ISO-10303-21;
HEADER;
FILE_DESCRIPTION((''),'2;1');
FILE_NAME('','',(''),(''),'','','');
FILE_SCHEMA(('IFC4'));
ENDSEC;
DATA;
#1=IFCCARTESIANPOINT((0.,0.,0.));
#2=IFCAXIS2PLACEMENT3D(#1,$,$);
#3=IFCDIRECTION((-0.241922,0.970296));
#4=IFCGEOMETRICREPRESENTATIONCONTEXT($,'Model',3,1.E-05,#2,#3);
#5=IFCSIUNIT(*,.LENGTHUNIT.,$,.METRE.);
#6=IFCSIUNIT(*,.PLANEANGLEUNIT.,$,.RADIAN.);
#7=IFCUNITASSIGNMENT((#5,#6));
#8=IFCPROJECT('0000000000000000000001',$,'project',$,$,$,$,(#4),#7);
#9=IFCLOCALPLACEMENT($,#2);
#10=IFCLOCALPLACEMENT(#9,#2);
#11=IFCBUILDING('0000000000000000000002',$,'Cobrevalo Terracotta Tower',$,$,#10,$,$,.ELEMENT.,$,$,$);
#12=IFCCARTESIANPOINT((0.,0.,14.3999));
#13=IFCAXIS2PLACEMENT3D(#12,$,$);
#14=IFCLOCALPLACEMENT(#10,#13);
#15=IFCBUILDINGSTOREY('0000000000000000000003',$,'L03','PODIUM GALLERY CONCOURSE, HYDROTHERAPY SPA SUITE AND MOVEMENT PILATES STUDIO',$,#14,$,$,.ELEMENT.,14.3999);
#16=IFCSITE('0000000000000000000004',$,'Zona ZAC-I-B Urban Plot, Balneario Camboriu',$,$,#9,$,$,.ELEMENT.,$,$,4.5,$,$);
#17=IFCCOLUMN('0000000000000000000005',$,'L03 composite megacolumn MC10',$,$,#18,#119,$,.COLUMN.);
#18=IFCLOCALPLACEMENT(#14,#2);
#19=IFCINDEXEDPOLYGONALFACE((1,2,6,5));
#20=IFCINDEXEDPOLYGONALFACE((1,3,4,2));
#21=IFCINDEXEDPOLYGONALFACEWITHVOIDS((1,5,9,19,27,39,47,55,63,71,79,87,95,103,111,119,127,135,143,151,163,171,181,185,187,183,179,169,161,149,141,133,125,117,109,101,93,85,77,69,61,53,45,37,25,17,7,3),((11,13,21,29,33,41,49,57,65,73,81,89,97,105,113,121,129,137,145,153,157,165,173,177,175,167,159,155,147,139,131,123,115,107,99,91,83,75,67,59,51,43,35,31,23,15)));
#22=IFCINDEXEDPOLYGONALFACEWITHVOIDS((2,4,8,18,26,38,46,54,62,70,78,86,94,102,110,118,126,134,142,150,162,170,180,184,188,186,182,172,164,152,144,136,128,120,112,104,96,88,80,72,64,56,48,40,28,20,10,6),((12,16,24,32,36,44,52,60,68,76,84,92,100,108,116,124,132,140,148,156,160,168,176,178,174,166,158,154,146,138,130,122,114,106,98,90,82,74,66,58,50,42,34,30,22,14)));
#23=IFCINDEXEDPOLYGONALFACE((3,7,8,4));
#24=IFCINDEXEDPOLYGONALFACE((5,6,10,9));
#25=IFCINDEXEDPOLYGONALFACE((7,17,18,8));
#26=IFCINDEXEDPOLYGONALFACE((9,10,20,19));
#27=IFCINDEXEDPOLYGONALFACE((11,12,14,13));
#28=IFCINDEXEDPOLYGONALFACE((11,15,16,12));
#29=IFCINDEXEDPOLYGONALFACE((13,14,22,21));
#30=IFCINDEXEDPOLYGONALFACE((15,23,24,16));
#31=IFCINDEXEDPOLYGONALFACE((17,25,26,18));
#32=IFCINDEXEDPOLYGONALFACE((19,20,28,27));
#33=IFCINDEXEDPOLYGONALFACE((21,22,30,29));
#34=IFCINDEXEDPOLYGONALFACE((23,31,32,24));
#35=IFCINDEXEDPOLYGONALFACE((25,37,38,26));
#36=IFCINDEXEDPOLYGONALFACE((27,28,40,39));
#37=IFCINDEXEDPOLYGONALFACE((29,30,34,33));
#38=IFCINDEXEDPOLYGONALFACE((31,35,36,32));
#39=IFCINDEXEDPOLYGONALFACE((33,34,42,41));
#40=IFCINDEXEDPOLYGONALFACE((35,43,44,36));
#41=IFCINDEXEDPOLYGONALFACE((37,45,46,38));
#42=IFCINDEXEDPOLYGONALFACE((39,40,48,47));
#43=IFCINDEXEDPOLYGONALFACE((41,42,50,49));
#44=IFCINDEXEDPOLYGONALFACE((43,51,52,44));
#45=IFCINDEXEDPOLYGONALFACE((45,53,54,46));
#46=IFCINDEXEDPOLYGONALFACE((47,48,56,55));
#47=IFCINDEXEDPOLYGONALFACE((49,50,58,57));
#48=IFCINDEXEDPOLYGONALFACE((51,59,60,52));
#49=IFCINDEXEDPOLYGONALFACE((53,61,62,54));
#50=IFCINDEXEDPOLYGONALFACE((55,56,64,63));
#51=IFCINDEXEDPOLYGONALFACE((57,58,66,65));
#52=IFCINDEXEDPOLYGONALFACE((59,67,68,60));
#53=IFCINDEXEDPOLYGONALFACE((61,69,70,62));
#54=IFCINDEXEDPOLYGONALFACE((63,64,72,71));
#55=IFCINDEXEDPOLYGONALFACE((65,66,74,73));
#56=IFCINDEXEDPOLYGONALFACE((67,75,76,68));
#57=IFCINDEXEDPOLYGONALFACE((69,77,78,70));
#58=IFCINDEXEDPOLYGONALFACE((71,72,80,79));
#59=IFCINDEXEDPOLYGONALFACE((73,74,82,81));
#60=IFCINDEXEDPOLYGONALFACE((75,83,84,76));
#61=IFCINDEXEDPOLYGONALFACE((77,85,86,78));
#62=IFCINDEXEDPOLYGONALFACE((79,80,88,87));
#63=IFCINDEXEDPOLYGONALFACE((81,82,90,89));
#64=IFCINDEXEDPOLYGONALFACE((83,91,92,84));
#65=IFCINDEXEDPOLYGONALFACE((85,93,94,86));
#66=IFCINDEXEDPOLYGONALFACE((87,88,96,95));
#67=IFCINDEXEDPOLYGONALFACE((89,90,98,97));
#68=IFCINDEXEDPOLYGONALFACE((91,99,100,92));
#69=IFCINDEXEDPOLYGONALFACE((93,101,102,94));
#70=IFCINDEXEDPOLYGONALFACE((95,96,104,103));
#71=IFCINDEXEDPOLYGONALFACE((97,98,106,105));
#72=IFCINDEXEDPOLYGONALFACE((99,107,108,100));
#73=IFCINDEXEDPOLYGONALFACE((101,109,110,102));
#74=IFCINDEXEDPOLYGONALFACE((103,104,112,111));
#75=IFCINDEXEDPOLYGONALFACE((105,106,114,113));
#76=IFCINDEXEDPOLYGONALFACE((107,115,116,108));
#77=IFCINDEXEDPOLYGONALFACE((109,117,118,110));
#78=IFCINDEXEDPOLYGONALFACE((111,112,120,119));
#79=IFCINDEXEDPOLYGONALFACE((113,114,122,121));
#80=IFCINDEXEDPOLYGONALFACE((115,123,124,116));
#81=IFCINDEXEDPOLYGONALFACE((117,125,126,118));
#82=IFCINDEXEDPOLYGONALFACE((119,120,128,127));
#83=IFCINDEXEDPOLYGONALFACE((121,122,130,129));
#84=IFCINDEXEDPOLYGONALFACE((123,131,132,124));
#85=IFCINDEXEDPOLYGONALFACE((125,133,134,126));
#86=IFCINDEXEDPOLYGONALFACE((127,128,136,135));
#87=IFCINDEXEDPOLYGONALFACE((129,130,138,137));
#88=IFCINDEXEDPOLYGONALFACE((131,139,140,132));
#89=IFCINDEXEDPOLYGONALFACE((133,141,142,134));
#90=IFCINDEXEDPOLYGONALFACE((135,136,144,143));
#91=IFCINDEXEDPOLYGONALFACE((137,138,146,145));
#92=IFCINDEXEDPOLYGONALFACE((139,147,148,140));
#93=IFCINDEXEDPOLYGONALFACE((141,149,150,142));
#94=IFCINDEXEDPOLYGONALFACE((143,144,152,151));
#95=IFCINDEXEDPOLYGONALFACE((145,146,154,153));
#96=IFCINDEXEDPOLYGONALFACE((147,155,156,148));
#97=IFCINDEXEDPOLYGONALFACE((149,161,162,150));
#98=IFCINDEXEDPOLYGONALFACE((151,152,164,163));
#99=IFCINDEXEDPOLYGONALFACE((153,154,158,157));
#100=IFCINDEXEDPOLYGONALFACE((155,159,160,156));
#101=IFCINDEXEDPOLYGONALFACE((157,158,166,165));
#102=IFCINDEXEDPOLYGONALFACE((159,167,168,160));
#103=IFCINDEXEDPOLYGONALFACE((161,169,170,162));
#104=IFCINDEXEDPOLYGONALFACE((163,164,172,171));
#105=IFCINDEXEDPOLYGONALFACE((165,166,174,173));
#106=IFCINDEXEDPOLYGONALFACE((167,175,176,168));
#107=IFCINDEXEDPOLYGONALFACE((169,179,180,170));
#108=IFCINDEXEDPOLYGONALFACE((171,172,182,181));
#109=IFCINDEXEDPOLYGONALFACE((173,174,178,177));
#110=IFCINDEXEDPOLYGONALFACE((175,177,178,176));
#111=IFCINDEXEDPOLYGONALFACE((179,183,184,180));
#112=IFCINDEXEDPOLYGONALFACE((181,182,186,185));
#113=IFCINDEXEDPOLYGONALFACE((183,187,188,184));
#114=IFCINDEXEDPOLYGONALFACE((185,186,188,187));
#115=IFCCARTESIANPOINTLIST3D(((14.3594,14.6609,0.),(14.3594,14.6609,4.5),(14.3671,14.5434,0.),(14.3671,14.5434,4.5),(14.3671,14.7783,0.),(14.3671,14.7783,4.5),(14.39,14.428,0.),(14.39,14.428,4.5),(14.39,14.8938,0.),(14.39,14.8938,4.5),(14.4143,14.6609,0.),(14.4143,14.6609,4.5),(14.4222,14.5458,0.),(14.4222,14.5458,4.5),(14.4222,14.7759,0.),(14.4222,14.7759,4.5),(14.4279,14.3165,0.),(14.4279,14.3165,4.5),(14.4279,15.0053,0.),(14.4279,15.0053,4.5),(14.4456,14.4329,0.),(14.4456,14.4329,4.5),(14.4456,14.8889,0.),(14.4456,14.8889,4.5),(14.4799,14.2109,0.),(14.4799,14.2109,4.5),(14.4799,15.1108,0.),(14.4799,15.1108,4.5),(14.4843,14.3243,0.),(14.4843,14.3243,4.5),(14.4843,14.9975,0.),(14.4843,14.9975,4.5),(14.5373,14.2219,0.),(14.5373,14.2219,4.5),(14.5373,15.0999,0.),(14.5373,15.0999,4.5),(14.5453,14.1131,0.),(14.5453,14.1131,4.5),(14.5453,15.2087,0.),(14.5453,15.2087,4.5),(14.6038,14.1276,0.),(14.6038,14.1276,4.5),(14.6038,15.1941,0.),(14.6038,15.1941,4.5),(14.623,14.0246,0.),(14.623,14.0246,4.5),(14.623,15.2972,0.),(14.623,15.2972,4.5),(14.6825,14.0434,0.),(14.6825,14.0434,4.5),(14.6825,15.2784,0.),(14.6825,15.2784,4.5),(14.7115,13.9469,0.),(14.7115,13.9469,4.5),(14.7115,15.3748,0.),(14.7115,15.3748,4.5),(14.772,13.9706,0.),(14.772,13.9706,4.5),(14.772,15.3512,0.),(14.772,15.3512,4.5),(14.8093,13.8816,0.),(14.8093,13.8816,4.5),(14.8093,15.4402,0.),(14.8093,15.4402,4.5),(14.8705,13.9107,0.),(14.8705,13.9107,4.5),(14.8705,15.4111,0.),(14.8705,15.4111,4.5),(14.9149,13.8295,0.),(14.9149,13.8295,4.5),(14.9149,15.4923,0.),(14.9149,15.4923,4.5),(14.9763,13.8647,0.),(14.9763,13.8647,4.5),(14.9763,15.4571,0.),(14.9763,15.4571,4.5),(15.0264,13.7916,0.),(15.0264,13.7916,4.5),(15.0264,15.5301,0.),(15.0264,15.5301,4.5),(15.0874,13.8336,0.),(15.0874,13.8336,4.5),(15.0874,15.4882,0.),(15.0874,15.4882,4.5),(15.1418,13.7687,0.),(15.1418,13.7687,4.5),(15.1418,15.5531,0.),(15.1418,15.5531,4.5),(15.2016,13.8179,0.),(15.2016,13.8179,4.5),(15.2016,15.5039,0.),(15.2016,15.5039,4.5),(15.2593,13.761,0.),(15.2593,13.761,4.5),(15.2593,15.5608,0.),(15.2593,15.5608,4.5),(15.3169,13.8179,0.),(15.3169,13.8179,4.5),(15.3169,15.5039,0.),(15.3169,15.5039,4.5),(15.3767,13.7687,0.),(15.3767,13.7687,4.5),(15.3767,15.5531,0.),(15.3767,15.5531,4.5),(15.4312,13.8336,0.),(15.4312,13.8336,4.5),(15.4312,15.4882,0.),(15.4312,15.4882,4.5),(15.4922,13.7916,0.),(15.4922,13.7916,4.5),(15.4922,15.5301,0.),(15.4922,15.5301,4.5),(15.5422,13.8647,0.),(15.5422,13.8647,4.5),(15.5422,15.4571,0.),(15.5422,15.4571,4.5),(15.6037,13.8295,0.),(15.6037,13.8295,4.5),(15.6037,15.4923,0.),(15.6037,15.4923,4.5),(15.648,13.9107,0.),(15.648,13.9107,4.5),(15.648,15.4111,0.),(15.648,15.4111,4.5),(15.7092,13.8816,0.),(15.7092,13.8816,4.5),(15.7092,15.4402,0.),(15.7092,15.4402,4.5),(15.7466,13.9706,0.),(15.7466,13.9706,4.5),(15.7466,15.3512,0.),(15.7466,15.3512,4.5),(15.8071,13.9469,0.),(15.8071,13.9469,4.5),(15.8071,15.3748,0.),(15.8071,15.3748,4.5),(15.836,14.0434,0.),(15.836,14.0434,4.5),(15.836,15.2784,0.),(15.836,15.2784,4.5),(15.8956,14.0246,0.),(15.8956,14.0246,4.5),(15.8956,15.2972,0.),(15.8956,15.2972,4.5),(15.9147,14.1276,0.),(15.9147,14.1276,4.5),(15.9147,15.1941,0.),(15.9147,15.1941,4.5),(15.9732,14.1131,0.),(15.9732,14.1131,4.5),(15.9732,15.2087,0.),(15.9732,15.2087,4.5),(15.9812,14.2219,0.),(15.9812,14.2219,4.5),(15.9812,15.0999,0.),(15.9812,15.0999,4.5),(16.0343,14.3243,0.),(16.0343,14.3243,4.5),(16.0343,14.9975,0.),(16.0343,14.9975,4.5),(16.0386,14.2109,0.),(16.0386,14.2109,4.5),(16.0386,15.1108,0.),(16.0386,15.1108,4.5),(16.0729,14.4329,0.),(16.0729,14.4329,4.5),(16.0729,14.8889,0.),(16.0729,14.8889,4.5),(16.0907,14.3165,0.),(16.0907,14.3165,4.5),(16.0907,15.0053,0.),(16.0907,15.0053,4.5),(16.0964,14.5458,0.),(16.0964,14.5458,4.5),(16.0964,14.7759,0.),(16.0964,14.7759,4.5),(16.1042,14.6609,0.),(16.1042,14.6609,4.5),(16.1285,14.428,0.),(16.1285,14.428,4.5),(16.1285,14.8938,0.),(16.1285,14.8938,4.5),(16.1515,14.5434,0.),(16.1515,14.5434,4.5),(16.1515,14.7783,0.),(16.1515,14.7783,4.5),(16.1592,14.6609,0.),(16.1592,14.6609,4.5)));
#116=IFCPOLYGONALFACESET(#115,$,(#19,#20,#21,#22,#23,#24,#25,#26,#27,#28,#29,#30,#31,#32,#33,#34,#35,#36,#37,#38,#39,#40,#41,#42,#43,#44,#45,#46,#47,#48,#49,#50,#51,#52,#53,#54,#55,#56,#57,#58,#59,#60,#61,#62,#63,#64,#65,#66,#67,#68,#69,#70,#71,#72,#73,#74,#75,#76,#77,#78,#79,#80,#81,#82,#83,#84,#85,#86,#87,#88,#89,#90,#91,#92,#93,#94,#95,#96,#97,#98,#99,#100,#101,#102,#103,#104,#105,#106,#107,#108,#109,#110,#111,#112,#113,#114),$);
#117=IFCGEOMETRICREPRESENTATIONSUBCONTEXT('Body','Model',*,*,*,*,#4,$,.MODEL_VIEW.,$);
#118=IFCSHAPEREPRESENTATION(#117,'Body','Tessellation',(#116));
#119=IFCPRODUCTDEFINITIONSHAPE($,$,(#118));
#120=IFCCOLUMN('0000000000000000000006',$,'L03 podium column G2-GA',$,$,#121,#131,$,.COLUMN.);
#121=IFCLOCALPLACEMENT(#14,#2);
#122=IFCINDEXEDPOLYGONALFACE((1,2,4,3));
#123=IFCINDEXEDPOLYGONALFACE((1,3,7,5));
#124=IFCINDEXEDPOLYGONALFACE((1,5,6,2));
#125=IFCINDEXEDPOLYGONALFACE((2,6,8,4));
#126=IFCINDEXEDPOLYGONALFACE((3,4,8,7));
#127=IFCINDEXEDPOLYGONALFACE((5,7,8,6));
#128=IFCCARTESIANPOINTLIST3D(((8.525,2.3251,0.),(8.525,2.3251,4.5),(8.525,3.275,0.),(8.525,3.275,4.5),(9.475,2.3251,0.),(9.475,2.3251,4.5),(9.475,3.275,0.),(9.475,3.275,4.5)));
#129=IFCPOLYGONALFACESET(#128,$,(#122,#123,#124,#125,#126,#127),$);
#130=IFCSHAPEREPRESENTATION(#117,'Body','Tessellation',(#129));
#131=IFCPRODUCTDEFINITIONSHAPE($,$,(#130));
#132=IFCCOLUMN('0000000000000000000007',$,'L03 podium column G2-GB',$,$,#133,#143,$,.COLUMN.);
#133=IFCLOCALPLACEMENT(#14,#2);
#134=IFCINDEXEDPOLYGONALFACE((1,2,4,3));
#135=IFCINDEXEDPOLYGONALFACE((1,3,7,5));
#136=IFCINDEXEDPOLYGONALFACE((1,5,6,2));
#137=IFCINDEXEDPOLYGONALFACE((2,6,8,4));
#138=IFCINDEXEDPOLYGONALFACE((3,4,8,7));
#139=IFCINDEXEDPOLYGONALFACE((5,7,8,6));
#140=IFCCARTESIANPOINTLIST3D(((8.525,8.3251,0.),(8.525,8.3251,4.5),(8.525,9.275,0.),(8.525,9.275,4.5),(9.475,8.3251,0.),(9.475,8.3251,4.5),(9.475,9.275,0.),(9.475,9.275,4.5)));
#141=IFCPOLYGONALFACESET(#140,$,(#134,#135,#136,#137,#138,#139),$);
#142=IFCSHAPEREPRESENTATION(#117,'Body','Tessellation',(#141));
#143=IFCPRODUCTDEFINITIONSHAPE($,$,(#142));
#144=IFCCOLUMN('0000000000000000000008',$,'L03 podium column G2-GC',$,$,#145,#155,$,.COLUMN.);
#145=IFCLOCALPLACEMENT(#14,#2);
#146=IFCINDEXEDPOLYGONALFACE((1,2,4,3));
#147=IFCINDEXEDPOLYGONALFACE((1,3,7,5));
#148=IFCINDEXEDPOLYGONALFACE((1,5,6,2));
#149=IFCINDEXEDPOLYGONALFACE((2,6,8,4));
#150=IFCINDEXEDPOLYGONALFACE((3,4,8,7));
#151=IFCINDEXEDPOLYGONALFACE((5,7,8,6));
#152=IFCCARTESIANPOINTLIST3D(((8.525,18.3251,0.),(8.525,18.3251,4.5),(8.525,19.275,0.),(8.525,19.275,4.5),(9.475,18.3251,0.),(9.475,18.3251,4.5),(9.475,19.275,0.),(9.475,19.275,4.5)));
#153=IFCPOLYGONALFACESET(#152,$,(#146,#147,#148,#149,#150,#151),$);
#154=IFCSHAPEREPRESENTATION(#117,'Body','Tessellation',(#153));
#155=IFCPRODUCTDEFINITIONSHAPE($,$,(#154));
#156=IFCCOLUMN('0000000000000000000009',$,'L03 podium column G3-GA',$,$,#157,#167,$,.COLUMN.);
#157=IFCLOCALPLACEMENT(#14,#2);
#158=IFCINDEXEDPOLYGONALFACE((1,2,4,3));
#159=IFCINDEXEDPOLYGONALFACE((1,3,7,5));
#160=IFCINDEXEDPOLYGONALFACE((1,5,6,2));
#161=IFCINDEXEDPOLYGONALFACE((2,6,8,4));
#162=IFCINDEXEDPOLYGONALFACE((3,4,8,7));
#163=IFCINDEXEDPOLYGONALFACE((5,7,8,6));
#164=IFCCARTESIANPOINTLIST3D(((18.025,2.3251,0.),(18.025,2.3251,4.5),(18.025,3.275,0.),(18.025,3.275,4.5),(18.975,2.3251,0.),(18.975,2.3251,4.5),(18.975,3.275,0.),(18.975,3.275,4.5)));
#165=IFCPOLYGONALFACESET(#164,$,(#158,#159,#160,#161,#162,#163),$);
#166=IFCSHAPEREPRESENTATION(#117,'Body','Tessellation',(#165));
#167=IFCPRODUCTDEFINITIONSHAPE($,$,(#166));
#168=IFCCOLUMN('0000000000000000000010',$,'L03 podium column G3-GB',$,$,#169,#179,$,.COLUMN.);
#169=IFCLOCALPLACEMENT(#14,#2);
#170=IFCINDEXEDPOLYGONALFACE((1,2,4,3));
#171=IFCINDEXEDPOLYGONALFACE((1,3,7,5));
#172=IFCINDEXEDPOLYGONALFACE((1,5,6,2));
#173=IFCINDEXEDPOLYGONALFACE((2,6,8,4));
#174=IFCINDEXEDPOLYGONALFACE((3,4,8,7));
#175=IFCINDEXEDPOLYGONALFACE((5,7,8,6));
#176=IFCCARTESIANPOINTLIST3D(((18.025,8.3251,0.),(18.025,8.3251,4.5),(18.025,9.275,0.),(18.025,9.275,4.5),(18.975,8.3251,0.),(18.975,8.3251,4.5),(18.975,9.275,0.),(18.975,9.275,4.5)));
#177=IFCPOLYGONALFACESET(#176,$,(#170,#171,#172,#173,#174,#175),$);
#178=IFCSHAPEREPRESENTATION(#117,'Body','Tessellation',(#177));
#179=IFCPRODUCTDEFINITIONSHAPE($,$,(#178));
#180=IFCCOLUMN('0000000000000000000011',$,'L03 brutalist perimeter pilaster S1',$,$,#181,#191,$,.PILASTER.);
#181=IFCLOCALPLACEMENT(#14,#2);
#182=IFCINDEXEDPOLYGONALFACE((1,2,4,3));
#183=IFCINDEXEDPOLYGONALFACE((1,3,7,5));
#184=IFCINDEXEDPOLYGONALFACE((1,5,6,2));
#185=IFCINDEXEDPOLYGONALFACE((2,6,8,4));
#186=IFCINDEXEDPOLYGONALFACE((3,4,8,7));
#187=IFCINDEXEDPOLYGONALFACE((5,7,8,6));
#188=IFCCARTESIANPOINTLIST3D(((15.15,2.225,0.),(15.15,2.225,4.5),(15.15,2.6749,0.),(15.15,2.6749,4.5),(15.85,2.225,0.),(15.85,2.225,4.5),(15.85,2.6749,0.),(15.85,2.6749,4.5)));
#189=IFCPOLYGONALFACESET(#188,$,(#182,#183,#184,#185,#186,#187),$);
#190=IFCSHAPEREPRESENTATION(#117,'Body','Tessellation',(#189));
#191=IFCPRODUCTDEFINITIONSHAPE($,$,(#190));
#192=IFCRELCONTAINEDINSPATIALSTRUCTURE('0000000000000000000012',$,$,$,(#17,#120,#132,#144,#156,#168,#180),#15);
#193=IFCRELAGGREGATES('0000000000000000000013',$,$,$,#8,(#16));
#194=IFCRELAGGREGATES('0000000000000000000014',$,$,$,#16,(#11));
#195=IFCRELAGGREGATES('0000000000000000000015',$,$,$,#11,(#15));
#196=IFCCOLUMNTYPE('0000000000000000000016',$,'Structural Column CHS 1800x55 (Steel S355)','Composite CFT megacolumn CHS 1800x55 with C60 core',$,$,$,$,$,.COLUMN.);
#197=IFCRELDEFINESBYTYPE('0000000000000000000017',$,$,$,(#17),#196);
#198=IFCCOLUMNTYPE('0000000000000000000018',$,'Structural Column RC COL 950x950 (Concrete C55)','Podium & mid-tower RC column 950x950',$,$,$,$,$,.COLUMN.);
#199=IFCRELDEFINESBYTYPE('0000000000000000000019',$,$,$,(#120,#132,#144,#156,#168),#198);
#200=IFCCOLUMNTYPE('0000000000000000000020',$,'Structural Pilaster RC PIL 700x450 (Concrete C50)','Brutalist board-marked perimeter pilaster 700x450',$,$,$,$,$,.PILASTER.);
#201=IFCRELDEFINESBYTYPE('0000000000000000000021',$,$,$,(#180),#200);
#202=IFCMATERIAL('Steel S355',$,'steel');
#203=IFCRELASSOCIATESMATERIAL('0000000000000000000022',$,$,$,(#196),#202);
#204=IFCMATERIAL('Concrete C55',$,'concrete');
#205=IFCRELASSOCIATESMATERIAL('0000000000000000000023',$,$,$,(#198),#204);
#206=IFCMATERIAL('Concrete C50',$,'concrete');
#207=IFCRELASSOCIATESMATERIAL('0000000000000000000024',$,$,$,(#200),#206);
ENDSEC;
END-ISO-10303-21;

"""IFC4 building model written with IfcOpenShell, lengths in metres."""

from ifc_helpers import new_model, si_unit, direction, frame, origin, origin_2d, place, context, subcontext, project, spatial, rectangle, hollow_circle, extrude, material, material_profile, profile_set, type_object, element, save


model = new_model("IFC4")

# Units and contexts
model_context = context("Model", 3, precision=1e-05, world=origin(), true_north=direction((-0.241922, 0.970296)))
body_context = subcontext(model_context, "Body", "Model", "MODEL_VIEW")
ifc_project = project(units=[si_unit("LENGTHUNIT", "METRE"), si_unit("PLANEANGLEUNIT", "RADIAN")], contexts=[model_context])

# Site, building, storey
site_placement = place(None, origin())
site = spatial("IfcSite", under=ifc_project, at=site_placement, Name="Zona ZAC-I-B Urban Plot, Balneario Camboriu", CompositionType="ELEMENT", RefElevation=4.5)
building_placement = place(site_placement, origin())
building = spatial("IfcBuilding", under=site, at=building_placement, Name="Cobrevalo Terracotta Tower", CompositionType="ELEMENT")
storey_placement = place(building_placement, frame((0.0, 0.0, 14.3999)))
storey = spatial("IfcBuildingStorey", under=building, at=storey_placement, Name="L03", Description="PODIUM GALLERY CONCOURSE, HYDROTHERAPY SPA SUITE AND MOVEMENT PILATES STUDIO", CompositionType="ELEMENT", Elevation=14.3999)

# Columns
ifc_material_1 = material(Name="Steel S355", Category="steel")
ifc_material_profile_1 = material_profile(ifc_material_1, hollow_circle(Radius=0.8999, WallThickness=0.0549, at=origin_2d()), Name="CHS 1800x55")
ifc_profile_set_1 = profile_set([ifc_material_profile_1], Name="Steel S355")
column_type_1 = type_object("IfcColumnType", Name="Structural Column CHS 1800x55 (Steel S355)", Description="Composite CFT megacolumn CHS 1800x55 with C60 core", PredefinedType="COLUMN", material=ifc_profile_set_1)
column_1_placement = place(storey_placement, frame((15.2593, 14.6609, 0.0), z_axis=(0.0, 0.0, 1.0), x_axis=(1.0, 0.0, 0.0)))
element("IfcColumn", 1, at=column_1_placement, inside=storey, type_object=column_type_1, Name="L03 composite megacolumn MC10", PredefinedType="COLUMN", context=body_context, shape_type="SweptSolid", body=[
    extrude(hollow_circle(Radius=0.8999, WallThickness=0.0549, at=origin_2d()), origin(), (0.0, 0.0, 1.0), 4.5),
])
ifc_material_2 = material(Name="Concrete C55", Category="concrete")
ifc_material_profile_2 = material_profile(ifc_material_2, rectangle(XDim=0.95, YDim=0.95, at=origin_2d()), Name="RC COL 950x950")
ifc_profile_set_2 = profile_set([ifc_material_profile_2], Name="Concrete C55")
column_type_2 = type_object("IfcColumnType", Name="Structural Column RC COL 950x950 (Concrete C55)", Description="Podium & mid-tower RC column 950x950", PredefinedType="COLUMN", material=ifc_profile_set_2)
for number, where, z_axis, x_axis, name in (
    (2, (9.0, 2.8, 0.0), (0.0, 0.0, 1.0), (1.0, 0.0, 0.0), "L03 podium column G2-GA"),
    (3, (9.0, 8.8, 0.0), (0.0, 0.0, 1.0), (1.0, 0.0, 0.0), "L03 podium column G2-GB"),
    (4, (9.0, 18.8, 0.0), (0.0, 0.0, 1.0), (1.0, 0.0, 0.0), "L03 podium column G2-GC"),
    (5, (18.5, 2.8, 0.0), (0.0, 0.0, 1.0), (1.0, 0.0, 0.0), "L03 podium column G3-GA"),
    (6, (18.5, 8.8, 0.0), (0.0, 0.0, 1.0), (1.0, 0.0, 0.0), "L03 podium column G3-GB"),
):
    element("IfcColumn", number, at=place(storey_placement, frame(where, z_axis=z_axis, x_axis=x_axis)), inside=storey, type_object=column_type_2, Name=name, PredefinedType="COLUMN", context=body_context, shape_type="SweptSolid", body=[
        extrude(rectangle(XDim=0.95, YDim=0.95, at=origin_2d()), origin(), (0.0, 0.0, 1.0), 4.5),
    ])
ifc_material_3 = material(Name="Concrete C50", Category="concrete")
ifc_material_profile_3 = material_profile(ifc_material_3, rectangle(XDim=0.7, YDim=0.45, at=origin_2d()), Name="RC PIL 700x450")
ifc_profile_set_3 = profile_set([ifc_material_profile_3], Name="Concrete C50")
column_type_3 = type_object("IfcColumnType", Name="Structural Pilaster RC PIL 700x450 (Concrete C50)", Description="Brutalist board-marked perimeter pilaster 700x450", PredefinedType="PILASTER", material=ifc_profile_set_3)
column_2_placement = place(storey_placement, frame((15.5, 2.45, 0.0), z_axis=(0.0, 0.0, 1.0), x_axis=(1.0, 0.0, 0.0)))
element("IfcColumn", 7, at=column_2_placement, inside=storey, type_object=column_type_3, Name="L03 brutalist perimeter pilaster S1", PredefinedType="PILASTER", context=body_context, shape_type="SweptSolid", body=[
    extrude(rectangle(XDim=0.7, YDim=0.45, at=origin_2d()), origin(), (0.0, 0.0, 1.0), 4.5),
])

save(model, "model.ifc")
